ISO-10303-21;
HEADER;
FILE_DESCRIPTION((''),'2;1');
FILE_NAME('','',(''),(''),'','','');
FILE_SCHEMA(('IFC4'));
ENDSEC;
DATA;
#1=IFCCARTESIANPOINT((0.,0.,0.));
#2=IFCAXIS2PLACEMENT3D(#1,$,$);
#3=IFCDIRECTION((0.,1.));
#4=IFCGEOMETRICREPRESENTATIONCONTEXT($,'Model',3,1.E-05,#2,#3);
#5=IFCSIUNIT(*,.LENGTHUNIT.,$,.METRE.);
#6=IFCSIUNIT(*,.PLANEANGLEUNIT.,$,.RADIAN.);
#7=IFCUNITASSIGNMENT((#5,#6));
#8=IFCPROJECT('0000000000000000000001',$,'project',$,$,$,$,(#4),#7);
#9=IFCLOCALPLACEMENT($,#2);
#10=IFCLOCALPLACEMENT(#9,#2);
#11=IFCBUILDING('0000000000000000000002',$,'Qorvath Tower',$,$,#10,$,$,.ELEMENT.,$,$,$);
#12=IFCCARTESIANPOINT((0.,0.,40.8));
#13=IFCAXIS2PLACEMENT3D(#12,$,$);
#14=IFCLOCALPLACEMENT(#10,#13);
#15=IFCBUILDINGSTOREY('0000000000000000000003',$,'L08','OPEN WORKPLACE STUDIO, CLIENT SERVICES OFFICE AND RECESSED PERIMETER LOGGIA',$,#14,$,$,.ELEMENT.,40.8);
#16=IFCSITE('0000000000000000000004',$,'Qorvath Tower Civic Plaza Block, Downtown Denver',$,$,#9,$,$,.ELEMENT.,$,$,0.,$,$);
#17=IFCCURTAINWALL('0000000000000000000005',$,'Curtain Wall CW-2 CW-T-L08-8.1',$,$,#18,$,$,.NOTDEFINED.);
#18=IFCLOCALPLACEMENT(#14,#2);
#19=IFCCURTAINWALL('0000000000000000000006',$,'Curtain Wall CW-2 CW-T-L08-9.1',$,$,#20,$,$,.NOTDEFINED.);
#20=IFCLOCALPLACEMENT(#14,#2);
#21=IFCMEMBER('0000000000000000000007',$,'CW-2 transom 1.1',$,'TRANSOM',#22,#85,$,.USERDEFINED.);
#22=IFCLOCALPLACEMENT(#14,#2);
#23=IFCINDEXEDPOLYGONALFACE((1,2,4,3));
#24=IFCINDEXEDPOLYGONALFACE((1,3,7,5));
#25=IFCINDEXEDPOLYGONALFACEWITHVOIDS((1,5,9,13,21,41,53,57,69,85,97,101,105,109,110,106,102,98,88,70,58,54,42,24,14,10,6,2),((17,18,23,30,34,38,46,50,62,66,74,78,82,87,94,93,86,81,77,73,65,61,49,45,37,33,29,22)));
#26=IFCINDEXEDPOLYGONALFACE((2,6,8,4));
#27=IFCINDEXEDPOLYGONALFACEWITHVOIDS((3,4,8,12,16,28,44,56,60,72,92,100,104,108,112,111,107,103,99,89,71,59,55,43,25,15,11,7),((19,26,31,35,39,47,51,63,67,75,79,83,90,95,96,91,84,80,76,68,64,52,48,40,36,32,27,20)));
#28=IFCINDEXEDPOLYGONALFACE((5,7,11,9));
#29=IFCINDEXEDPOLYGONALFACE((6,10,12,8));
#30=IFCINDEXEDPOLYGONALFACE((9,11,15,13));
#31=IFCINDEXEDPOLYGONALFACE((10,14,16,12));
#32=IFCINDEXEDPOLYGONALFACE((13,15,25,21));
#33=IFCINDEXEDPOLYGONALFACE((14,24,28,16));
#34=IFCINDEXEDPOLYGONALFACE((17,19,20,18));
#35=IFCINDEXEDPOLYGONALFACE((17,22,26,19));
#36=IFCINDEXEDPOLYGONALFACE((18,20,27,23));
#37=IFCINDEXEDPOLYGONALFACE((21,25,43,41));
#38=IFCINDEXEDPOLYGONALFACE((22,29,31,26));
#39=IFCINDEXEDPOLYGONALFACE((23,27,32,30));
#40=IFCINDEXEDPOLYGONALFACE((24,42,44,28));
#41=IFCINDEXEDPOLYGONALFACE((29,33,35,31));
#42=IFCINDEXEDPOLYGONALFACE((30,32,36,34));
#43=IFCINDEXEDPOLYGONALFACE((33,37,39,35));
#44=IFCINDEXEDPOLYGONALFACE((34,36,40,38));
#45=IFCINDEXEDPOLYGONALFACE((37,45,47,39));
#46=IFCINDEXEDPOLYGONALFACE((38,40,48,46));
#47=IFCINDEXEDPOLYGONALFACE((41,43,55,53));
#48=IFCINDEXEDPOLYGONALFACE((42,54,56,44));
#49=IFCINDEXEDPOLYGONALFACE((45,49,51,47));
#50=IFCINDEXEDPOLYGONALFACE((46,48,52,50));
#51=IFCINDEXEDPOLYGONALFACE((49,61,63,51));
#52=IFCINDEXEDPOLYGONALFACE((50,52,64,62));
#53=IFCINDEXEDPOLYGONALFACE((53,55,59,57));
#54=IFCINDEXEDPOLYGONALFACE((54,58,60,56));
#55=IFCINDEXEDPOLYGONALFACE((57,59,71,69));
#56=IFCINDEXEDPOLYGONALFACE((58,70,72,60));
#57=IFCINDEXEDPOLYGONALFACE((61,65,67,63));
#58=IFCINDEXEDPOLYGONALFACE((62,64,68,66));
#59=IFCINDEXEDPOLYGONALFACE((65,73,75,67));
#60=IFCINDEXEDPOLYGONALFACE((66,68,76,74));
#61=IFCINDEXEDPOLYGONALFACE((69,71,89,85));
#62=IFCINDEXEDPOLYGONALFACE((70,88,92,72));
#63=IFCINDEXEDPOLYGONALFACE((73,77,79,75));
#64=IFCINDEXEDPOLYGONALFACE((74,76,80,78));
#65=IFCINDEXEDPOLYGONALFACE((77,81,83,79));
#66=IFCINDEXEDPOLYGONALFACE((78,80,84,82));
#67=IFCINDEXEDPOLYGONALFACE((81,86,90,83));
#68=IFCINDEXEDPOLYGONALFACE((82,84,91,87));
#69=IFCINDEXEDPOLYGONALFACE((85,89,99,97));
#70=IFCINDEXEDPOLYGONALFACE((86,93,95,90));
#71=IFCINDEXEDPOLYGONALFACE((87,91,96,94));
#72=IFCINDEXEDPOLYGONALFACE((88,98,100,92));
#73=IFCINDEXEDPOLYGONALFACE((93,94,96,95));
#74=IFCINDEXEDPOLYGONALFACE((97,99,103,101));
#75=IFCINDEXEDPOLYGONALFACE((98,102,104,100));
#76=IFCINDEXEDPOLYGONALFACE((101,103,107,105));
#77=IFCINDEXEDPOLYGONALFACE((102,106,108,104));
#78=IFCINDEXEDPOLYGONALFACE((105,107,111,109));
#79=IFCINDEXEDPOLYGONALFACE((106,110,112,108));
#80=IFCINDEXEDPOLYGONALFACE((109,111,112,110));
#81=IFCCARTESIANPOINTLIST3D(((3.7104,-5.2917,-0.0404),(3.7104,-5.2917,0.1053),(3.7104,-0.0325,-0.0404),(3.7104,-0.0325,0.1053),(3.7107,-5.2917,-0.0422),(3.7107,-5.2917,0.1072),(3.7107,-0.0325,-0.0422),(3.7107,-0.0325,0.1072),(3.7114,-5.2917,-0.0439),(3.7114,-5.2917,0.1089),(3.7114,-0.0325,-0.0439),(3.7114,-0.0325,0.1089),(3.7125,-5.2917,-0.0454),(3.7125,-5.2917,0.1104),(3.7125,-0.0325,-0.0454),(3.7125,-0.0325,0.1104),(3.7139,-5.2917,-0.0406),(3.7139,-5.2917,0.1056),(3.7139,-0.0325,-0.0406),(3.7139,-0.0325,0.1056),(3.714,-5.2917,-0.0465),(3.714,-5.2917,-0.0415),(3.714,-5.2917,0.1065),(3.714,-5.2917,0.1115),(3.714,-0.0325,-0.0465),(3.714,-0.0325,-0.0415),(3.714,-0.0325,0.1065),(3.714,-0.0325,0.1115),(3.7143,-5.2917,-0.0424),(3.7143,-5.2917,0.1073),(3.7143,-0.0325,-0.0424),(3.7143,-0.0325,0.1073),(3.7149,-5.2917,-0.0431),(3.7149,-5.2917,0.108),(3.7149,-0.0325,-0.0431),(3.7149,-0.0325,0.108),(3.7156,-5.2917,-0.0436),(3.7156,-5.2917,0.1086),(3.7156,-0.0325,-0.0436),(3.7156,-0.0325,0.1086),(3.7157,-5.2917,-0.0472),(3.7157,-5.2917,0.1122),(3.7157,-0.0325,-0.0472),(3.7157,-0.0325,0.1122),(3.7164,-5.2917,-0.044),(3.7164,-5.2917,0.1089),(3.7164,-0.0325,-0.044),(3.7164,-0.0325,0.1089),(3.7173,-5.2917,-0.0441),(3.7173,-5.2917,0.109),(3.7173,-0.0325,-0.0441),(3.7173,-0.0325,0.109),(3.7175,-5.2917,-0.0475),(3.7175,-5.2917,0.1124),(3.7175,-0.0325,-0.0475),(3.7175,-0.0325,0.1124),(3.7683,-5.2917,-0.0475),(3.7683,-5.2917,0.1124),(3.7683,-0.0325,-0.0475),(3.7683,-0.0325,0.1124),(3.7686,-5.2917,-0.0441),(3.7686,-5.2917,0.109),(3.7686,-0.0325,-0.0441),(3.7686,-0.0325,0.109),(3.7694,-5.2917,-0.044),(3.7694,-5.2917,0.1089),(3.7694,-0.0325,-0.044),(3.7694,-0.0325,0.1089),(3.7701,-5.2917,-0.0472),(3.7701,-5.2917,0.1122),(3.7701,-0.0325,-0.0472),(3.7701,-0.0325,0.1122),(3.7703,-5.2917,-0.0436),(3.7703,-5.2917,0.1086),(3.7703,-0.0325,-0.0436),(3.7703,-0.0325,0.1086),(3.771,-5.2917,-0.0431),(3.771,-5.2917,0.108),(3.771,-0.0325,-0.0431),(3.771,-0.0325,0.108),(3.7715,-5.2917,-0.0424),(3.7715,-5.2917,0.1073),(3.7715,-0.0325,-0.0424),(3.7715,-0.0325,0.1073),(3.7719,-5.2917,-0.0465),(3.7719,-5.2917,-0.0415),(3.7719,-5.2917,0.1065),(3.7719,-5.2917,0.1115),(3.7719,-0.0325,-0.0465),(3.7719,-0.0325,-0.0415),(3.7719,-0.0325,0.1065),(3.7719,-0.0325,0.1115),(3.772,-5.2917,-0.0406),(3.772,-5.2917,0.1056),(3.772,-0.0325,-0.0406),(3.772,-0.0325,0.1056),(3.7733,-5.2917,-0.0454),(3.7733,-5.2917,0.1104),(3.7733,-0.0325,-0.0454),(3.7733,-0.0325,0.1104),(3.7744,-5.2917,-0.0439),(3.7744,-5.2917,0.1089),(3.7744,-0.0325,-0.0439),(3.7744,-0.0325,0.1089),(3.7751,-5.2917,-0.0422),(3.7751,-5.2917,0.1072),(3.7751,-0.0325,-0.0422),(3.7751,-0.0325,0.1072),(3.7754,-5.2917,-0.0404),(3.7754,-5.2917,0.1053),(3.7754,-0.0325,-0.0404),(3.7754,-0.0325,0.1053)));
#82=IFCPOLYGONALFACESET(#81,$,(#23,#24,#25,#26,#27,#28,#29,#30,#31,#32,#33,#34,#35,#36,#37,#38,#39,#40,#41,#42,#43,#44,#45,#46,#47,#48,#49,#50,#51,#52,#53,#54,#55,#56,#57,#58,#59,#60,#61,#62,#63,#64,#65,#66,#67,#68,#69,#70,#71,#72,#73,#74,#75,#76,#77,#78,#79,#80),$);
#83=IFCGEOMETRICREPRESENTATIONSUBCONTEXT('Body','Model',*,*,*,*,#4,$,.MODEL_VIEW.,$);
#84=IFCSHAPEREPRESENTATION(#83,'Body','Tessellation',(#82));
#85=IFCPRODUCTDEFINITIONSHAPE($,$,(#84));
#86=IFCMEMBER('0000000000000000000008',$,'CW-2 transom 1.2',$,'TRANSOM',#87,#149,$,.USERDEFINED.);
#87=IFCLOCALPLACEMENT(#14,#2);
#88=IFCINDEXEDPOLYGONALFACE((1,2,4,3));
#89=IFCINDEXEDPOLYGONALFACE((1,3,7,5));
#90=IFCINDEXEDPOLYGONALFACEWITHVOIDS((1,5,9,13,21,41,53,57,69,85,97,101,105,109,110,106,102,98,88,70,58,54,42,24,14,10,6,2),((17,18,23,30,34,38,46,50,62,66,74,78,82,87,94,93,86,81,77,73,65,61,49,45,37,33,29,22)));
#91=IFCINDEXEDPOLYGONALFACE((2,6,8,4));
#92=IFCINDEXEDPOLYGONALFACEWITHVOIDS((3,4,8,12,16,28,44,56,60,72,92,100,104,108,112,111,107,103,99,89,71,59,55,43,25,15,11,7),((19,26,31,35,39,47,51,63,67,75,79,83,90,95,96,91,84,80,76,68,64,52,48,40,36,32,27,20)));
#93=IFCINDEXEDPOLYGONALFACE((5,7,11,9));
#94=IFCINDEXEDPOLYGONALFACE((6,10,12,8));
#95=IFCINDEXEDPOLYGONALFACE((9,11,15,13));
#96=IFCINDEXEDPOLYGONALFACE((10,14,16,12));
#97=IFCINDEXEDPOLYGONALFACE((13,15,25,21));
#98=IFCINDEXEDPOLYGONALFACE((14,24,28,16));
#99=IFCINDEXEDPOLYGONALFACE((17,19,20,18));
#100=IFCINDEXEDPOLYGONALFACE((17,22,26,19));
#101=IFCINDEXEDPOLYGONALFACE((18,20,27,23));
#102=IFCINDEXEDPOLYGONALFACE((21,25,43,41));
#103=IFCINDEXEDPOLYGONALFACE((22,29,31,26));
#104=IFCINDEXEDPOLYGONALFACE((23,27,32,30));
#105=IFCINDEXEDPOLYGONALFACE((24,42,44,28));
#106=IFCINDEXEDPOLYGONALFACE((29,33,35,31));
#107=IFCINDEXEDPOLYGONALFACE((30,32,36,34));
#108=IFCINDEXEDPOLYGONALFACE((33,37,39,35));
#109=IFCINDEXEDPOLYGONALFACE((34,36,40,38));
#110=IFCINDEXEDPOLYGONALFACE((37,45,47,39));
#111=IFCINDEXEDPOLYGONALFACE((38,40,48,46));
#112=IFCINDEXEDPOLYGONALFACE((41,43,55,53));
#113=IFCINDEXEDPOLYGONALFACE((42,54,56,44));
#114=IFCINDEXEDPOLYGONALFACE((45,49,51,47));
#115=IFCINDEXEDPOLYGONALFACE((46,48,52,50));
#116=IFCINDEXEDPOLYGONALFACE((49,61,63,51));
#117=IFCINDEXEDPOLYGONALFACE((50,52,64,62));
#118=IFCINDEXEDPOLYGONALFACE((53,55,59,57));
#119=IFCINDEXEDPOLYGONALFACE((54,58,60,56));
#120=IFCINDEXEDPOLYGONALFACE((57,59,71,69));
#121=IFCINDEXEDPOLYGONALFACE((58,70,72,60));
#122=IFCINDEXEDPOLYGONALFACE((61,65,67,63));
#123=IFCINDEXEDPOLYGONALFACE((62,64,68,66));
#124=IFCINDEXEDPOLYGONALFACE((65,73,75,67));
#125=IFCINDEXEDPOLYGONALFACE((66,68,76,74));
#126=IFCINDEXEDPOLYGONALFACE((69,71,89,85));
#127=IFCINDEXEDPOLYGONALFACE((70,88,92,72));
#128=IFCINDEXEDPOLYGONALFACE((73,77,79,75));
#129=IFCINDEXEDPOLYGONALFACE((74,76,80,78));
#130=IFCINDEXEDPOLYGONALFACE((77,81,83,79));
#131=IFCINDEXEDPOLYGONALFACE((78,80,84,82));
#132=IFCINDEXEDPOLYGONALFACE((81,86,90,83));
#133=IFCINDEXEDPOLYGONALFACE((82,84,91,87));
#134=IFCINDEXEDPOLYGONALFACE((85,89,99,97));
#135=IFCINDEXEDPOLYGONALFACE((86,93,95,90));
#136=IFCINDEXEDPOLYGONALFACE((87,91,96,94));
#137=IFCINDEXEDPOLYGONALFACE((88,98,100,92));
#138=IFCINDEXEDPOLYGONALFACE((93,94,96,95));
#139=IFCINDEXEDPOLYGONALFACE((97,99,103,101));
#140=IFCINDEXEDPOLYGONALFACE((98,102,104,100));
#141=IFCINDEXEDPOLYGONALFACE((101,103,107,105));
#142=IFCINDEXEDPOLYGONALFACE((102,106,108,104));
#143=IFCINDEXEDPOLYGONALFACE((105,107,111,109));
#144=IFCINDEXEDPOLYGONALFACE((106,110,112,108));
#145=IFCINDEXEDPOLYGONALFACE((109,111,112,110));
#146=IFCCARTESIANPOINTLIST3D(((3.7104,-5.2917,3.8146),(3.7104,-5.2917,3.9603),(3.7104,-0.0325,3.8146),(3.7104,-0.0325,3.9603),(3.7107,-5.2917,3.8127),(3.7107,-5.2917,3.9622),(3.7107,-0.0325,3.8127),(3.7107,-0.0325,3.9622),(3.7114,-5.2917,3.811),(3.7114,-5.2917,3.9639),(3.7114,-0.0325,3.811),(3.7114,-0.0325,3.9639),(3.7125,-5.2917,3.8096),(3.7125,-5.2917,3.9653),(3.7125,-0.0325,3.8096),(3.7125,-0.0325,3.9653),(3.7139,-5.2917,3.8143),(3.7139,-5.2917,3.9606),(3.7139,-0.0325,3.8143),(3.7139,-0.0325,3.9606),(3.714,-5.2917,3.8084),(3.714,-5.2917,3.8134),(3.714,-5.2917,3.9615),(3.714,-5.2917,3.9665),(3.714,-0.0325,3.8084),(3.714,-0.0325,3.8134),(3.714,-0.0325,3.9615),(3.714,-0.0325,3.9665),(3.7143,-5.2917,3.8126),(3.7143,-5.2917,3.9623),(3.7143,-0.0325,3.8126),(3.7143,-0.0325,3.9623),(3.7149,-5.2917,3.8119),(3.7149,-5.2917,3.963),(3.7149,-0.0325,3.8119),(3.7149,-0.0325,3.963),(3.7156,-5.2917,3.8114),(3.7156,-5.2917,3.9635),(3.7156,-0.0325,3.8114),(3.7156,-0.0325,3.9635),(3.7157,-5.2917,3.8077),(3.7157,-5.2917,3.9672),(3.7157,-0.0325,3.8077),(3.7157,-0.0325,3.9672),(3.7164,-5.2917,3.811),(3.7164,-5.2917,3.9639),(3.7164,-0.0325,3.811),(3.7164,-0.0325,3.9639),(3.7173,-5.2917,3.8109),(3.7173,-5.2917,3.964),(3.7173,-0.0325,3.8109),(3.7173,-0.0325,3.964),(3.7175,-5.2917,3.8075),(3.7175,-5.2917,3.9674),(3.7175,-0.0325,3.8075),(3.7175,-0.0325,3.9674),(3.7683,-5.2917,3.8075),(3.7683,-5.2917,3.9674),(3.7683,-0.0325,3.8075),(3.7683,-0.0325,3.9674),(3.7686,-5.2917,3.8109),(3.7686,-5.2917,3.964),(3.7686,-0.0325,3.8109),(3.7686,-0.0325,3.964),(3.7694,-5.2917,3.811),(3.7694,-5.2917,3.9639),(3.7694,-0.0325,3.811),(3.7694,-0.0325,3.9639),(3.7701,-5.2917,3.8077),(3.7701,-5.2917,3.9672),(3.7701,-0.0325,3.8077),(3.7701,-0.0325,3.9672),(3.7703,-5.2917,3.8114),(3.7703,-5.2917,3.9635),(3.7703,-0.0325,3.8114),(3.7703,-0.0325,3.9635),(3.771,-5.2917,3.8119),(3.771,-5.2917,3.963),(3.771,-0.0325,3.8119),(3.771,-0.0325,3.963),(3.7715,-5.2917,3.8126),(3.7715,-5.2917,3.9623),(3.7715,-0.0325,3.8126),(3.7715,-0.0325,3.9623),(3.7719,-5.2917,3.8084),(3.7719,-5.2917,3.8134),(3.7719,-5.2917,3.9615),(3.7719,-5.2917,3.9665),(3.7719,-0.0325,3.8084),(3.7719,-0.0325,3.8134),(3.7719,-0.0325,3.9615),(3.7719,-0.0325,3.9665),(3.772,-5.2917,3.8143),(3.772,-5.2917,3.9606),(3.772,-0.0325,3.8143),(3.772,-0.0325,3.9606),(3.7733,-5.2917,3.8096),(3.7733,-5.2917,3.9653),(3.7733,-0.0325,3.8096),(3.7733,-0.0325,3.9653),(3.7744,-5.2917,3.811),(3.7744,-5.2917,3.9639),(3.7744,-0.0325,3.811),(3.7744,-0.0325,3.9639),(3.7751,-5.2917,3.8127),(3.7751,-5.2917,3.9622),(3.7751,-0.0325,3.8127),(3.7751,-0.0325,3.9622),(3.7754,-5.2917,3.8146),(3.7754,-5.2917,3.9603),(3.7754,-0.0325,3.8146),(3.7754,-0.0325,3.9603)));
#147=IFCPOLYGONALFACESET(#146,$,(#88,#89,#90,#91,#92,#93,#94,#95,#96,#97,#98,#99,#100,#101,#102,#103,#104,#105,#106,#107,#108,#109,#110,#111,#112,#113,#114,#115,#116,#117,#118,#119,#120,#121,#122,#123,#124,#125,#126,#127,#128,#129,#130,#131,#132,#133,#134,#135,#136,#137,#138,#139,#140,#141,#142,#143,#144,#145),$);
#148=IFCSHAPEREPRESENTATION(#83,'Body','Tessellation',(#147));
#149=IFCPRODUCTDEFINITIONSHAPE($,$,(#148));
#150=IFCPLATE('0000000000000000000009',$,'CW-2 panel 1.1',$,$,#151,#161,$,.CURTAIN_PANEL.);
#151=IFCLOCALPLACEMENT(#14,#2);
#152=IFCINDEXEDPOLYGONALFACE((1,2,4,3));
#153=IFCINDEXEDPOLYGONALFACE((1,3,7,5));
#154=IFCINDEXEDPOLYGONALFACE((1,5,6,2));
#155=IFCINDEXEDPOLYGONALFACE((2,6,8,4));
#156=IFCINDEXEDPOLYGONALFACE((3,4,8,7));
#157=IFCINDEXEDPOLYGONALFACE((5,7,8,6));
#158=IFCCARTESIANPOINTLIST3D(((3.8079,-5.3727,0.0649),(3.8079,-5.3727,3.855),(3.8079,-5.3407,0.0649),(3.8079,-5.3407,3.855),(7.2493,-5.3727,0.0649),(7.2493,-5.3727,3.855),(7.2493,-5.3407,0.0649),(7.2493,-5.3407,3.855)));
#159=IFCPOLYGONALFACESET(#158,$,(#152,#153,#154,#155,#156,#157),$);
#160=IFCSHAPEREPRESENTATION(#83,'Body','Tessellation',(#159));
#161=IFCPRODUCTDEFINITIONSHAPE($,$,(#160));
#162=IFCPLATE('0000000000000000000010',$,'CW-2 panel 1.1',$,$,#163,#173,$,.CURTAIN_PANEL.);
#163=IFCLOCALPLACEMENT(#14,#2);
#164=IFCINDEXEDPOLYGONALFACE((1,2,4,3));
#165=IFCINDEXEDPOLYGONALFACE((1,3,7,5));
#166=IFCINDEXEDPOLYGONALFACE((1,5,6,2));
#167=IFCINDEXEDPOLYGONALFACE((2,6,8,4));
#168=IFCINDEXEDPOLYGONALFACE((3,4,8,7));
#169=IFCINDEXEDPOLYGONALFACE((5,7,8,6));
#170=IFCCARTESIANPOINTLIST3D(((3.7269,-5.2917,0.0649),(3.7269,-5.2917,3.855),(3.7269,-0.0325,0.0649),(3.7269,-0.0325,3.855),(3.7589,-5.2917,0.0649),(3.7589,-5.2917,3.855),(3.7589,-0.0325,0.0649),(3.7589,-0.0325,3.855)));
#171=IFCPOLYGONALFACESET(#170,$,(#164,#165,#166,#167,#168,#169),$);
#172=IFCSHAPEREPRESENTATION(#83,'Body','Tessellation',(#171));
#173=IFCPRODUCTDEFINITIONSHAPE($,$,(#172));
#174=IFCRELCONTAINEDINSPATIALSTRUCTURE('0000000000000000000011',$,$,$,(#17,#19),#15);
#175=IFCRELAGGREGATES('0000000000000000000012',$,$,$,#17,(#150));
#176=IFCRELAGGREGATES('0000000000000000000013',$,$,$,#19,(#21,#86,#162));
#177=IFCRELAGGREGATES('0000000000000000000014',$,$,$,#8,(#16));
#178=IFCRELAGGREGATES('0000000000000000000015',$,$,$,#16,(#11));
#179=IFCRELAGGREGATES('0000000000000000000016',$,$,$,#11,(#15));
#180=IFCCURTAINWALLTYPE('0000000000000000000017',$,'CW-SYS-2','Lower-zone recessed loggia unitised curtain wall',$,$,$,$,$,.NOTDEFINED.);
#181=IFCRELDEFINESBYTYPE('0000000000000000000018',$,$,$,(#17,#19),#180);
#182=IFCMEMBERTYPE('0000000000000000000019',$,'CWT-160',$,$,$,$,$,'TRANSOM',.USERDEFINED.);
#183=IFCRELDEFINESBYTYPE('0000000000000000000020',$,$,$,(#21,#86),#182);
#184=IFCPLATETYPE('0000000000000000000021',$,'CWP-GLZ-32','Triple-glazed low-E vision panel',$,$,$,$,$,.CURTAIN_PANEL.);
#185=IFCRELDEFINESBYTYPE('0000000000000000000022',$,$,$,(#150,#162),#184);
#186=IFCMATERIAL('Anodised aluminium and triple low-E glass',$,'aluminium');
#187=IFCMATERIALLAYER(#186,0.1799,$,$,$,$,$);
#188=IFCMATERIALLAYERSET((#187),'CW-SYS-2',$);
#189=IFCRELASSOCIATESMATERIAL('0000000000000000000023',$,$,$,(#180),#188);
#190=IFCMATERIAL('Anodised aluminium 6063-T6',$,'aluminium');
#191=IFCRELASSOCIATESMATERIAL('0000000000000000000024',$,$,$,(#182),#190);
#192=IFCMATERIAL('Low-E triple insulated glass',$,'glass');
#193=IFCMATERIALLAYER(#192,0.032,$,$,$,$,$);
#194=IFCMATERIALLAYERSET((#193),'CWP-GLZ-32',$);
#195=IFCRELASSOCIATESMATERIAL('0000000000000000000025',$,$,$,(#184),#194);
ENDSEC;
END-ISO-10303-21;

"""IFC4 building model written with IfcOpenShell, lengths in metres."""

from ifc_helpers import new_model, si_unit, direction, frame, origin, origin_2d, place, context, subcontext, project, spatial, rectangle, hollow_rectangle, extrude, material, layer, layer_set, material_profile, profile_set, type_object, element, aggregate, save


model = new_model("IFC4")

# Units and contexts
model_context = context("Model", 3, precision=1e-05, world=origin(), true_north=direction((0.0, 1.0)))
body_context = subcontext(model_context, "Body", "Model", "MODEL_VIEW")
ifc_project = project(units=[si_unit("LENGTHUNIT", "METRE"), si_unit("PLANEANGLEUNIT", "RADIAN")], contexts=[model_context])

# Site, building, storey
site_placement = place(None, origin())
site = spatial("IfcSite", under=ifc_project, at=site_placement, Name="Qorvath Tower Civic Plaza Block, Downtown Denver", CompositionType="ELEMENT", RefElevation=0.0)
building_placement = place(site_placement, origin())
building = spatial("IfcBuilding", under=site, at=building_placement, Name="Qorvath Tower", CompositionType="ELEMENT")
storey_placement = place(building_placement, frame((0.0, 0.0, 40.8)))
storey = spatial("IfcBuildingStorey", under=building, at=storey_placement, Name="L08", Description="OPEN WORKPLACE STUDIO, CLIENT SERVICES OFFICE AND RECESSED PERIMETER LOGGIA", CompositionType="ELEMENT", Elevation=40.8)

# Shared definitions
ifc_material_1 = material(Name="Anodised aluminium and triple low-E glass", Category="aluminium")
ifc_layer_1 = layer(ifc_material_1, 0.1799)
ifc_layer_set_1 = layer_set([ifc_layer_1], Name="CW-SYS-2")
curtain_wall_type = type_object("IfcCurtainWallType", Name="CW-SYS-2", Description="Lower-zone recessed loggia unitised curtain wall", PredefinedType="NOTDEFINED", material=ifc_layer_set_1)

# Curtain wall
curtain_wall_1_placement = place(storey_placement, origin())
curtain_wall_1 = element("IfcCurtainWall", 1, at=curtain_wall_1_placement, inside=storey, type_object=curtain_wall_type, Name="Curtain Wall CW-2 CW-T-L08-8.1", PredefinedType="NOTDEFINED")

# Curtain wall
curtain_wall_2_placement = place(storey_placement, origin())
curtain_wall_2 = element("IfcCurtainWall", 2, at=curtain_wall_2_placement, inside=storey, type_object=curtain_wall_type, Name="Curtain Wall CW-2 CW-T-L08-9.1", PredefinedType="NOTDEFINED")

# Members
ifc_material_2 = material(Name="Anodised aluminium 6063-T6", Category="aluminium")
ifc_material_profile_1 = material_profile(ifc_material_2, hollow_rectangle(XDim=0.0649, YDim=0.1599, WallThickness=0.0034, InnerFilletRadius=0.0034, OuterFilletRadius=0.0071, at=origin_2d()), Name="CWT 160x65")
ifc_profile_set_1 = profile_set([ifc_material_profile_1], Name="Anodised aluminium 6063-T6")
member_type_1 = type_object("IfcMemberType", Name="CWT-160", ElementType="TRANSOM", PredefinedType="USERDEFINED", material=ifc_profile_set_1)
member_1_placement = place(storey_placement, frame((3.7429, -5.2917, 0.0325), z_axis=(0.0, 1.0, 0.0), x_axis=(-1.0, 0.0, 0.0)))
member_1 = element("IfcMember", 3, at=member_1_placement, type_object=member_type_1, Name="CW-2 transom 1.1", ObjectType="TRANSOM", PredefinedType="USERDEFINED", context=body_context, shape_type="SweptSolid", body=[
    extrude(hollow_rectangle(XDim=0.0649, YDim=0.1599, WallThickness=0.0034, InnerFilletRadius=0.0034, OuterFilletRadius=0.0071, at=origin_2d()), origin(), (0.0, 0.0, 1.0), 5.2593),
])
member_2_placement = place(storey_placement, frame((3.7429, -5.2917, 3.8875), z_axis=(0.0, 1.0, 0.0), x_axis=(-1.0, 0.0, 0.0)))
member_2 = element("IfcMember", 4, at=member_2_placement, type_object=member_type_1, Name="CW-2 transom 1.2", ObjectType="TRANSOM", PredefinedType="USERDEFINED", context=body_context, shape_type="SweptSolid", body=[
    extrude(hollow_rectangle(XDim=0.0649, YDim=0.1599, WallThickness=0.0034, InnerFilletRadius=0.0034, OuterFilletRadius=0.0071, at=origin_2d()), origin(), (0.0, 0.0, 1.0), 5.2593),
])

# Plates
ifc_material_3 = material(Name="Low-E triple insulated glass", Category="glass")
ifc_layer_2 = layer(ifc_material_3, 0.032)
ifc_layer_set_2 = layer_set([ifc_layer_2], Name="CWP-GLZ-32")
plate_type = type_object("IfcPlateType", Name="CWP-GLZ-32", Description="Triple-glazed low-E vision panel", PredefinedType="CURTAIN_PANEL", material=ifc_layer_set_2)
plate_1_placement = place(storey_placement, frame((5.5286, -5.3567, 0.0649), z_axis=(0.0, 0.0, 1.0), x_axis=(-1.0, 0.0, 0.0)))
plate_1 = element("IfcPlate", 5, at=plate_1_placement, type_object=plate_type, Name="CW-2 panel 1.1", PredefinedType="CURTAIN_PANEL", context=body_context, shape_type="SweptSolid", body=[
    extrude(rectangle(XDim=3.4414, YDim=0.032, at=origin_2d()), origin(), (0.0, 0.0, 1.0), 3.79),
])
aggregate(curtain_wall_1, [plate_1])
plate_2_placement = place(storey_placement, frame((3.7429, -2.6621, 0.0649), z_axis=(0.0, 0.0, 1.0), x_axis=(0.0, 1.0, 0.0)))
plate_2 = element("IfcPlate", 6, at=plate_2_placement, type_object=plate_type, Name="CW-2 panel 1.1", PredefinedType="CURTAIN_PANEL", context=body_context, shape_type="SweptSolid", body=[
    extrude(rectangle(XDim=5.2593, YDim=0.032, at=origin_2d()), origin(), (0.0, 0.0, 1.0), 3.79),
])
aggregate(curtain_wall_2, [member_1, member_2, plate_2])

save(model, "model.ifc")
